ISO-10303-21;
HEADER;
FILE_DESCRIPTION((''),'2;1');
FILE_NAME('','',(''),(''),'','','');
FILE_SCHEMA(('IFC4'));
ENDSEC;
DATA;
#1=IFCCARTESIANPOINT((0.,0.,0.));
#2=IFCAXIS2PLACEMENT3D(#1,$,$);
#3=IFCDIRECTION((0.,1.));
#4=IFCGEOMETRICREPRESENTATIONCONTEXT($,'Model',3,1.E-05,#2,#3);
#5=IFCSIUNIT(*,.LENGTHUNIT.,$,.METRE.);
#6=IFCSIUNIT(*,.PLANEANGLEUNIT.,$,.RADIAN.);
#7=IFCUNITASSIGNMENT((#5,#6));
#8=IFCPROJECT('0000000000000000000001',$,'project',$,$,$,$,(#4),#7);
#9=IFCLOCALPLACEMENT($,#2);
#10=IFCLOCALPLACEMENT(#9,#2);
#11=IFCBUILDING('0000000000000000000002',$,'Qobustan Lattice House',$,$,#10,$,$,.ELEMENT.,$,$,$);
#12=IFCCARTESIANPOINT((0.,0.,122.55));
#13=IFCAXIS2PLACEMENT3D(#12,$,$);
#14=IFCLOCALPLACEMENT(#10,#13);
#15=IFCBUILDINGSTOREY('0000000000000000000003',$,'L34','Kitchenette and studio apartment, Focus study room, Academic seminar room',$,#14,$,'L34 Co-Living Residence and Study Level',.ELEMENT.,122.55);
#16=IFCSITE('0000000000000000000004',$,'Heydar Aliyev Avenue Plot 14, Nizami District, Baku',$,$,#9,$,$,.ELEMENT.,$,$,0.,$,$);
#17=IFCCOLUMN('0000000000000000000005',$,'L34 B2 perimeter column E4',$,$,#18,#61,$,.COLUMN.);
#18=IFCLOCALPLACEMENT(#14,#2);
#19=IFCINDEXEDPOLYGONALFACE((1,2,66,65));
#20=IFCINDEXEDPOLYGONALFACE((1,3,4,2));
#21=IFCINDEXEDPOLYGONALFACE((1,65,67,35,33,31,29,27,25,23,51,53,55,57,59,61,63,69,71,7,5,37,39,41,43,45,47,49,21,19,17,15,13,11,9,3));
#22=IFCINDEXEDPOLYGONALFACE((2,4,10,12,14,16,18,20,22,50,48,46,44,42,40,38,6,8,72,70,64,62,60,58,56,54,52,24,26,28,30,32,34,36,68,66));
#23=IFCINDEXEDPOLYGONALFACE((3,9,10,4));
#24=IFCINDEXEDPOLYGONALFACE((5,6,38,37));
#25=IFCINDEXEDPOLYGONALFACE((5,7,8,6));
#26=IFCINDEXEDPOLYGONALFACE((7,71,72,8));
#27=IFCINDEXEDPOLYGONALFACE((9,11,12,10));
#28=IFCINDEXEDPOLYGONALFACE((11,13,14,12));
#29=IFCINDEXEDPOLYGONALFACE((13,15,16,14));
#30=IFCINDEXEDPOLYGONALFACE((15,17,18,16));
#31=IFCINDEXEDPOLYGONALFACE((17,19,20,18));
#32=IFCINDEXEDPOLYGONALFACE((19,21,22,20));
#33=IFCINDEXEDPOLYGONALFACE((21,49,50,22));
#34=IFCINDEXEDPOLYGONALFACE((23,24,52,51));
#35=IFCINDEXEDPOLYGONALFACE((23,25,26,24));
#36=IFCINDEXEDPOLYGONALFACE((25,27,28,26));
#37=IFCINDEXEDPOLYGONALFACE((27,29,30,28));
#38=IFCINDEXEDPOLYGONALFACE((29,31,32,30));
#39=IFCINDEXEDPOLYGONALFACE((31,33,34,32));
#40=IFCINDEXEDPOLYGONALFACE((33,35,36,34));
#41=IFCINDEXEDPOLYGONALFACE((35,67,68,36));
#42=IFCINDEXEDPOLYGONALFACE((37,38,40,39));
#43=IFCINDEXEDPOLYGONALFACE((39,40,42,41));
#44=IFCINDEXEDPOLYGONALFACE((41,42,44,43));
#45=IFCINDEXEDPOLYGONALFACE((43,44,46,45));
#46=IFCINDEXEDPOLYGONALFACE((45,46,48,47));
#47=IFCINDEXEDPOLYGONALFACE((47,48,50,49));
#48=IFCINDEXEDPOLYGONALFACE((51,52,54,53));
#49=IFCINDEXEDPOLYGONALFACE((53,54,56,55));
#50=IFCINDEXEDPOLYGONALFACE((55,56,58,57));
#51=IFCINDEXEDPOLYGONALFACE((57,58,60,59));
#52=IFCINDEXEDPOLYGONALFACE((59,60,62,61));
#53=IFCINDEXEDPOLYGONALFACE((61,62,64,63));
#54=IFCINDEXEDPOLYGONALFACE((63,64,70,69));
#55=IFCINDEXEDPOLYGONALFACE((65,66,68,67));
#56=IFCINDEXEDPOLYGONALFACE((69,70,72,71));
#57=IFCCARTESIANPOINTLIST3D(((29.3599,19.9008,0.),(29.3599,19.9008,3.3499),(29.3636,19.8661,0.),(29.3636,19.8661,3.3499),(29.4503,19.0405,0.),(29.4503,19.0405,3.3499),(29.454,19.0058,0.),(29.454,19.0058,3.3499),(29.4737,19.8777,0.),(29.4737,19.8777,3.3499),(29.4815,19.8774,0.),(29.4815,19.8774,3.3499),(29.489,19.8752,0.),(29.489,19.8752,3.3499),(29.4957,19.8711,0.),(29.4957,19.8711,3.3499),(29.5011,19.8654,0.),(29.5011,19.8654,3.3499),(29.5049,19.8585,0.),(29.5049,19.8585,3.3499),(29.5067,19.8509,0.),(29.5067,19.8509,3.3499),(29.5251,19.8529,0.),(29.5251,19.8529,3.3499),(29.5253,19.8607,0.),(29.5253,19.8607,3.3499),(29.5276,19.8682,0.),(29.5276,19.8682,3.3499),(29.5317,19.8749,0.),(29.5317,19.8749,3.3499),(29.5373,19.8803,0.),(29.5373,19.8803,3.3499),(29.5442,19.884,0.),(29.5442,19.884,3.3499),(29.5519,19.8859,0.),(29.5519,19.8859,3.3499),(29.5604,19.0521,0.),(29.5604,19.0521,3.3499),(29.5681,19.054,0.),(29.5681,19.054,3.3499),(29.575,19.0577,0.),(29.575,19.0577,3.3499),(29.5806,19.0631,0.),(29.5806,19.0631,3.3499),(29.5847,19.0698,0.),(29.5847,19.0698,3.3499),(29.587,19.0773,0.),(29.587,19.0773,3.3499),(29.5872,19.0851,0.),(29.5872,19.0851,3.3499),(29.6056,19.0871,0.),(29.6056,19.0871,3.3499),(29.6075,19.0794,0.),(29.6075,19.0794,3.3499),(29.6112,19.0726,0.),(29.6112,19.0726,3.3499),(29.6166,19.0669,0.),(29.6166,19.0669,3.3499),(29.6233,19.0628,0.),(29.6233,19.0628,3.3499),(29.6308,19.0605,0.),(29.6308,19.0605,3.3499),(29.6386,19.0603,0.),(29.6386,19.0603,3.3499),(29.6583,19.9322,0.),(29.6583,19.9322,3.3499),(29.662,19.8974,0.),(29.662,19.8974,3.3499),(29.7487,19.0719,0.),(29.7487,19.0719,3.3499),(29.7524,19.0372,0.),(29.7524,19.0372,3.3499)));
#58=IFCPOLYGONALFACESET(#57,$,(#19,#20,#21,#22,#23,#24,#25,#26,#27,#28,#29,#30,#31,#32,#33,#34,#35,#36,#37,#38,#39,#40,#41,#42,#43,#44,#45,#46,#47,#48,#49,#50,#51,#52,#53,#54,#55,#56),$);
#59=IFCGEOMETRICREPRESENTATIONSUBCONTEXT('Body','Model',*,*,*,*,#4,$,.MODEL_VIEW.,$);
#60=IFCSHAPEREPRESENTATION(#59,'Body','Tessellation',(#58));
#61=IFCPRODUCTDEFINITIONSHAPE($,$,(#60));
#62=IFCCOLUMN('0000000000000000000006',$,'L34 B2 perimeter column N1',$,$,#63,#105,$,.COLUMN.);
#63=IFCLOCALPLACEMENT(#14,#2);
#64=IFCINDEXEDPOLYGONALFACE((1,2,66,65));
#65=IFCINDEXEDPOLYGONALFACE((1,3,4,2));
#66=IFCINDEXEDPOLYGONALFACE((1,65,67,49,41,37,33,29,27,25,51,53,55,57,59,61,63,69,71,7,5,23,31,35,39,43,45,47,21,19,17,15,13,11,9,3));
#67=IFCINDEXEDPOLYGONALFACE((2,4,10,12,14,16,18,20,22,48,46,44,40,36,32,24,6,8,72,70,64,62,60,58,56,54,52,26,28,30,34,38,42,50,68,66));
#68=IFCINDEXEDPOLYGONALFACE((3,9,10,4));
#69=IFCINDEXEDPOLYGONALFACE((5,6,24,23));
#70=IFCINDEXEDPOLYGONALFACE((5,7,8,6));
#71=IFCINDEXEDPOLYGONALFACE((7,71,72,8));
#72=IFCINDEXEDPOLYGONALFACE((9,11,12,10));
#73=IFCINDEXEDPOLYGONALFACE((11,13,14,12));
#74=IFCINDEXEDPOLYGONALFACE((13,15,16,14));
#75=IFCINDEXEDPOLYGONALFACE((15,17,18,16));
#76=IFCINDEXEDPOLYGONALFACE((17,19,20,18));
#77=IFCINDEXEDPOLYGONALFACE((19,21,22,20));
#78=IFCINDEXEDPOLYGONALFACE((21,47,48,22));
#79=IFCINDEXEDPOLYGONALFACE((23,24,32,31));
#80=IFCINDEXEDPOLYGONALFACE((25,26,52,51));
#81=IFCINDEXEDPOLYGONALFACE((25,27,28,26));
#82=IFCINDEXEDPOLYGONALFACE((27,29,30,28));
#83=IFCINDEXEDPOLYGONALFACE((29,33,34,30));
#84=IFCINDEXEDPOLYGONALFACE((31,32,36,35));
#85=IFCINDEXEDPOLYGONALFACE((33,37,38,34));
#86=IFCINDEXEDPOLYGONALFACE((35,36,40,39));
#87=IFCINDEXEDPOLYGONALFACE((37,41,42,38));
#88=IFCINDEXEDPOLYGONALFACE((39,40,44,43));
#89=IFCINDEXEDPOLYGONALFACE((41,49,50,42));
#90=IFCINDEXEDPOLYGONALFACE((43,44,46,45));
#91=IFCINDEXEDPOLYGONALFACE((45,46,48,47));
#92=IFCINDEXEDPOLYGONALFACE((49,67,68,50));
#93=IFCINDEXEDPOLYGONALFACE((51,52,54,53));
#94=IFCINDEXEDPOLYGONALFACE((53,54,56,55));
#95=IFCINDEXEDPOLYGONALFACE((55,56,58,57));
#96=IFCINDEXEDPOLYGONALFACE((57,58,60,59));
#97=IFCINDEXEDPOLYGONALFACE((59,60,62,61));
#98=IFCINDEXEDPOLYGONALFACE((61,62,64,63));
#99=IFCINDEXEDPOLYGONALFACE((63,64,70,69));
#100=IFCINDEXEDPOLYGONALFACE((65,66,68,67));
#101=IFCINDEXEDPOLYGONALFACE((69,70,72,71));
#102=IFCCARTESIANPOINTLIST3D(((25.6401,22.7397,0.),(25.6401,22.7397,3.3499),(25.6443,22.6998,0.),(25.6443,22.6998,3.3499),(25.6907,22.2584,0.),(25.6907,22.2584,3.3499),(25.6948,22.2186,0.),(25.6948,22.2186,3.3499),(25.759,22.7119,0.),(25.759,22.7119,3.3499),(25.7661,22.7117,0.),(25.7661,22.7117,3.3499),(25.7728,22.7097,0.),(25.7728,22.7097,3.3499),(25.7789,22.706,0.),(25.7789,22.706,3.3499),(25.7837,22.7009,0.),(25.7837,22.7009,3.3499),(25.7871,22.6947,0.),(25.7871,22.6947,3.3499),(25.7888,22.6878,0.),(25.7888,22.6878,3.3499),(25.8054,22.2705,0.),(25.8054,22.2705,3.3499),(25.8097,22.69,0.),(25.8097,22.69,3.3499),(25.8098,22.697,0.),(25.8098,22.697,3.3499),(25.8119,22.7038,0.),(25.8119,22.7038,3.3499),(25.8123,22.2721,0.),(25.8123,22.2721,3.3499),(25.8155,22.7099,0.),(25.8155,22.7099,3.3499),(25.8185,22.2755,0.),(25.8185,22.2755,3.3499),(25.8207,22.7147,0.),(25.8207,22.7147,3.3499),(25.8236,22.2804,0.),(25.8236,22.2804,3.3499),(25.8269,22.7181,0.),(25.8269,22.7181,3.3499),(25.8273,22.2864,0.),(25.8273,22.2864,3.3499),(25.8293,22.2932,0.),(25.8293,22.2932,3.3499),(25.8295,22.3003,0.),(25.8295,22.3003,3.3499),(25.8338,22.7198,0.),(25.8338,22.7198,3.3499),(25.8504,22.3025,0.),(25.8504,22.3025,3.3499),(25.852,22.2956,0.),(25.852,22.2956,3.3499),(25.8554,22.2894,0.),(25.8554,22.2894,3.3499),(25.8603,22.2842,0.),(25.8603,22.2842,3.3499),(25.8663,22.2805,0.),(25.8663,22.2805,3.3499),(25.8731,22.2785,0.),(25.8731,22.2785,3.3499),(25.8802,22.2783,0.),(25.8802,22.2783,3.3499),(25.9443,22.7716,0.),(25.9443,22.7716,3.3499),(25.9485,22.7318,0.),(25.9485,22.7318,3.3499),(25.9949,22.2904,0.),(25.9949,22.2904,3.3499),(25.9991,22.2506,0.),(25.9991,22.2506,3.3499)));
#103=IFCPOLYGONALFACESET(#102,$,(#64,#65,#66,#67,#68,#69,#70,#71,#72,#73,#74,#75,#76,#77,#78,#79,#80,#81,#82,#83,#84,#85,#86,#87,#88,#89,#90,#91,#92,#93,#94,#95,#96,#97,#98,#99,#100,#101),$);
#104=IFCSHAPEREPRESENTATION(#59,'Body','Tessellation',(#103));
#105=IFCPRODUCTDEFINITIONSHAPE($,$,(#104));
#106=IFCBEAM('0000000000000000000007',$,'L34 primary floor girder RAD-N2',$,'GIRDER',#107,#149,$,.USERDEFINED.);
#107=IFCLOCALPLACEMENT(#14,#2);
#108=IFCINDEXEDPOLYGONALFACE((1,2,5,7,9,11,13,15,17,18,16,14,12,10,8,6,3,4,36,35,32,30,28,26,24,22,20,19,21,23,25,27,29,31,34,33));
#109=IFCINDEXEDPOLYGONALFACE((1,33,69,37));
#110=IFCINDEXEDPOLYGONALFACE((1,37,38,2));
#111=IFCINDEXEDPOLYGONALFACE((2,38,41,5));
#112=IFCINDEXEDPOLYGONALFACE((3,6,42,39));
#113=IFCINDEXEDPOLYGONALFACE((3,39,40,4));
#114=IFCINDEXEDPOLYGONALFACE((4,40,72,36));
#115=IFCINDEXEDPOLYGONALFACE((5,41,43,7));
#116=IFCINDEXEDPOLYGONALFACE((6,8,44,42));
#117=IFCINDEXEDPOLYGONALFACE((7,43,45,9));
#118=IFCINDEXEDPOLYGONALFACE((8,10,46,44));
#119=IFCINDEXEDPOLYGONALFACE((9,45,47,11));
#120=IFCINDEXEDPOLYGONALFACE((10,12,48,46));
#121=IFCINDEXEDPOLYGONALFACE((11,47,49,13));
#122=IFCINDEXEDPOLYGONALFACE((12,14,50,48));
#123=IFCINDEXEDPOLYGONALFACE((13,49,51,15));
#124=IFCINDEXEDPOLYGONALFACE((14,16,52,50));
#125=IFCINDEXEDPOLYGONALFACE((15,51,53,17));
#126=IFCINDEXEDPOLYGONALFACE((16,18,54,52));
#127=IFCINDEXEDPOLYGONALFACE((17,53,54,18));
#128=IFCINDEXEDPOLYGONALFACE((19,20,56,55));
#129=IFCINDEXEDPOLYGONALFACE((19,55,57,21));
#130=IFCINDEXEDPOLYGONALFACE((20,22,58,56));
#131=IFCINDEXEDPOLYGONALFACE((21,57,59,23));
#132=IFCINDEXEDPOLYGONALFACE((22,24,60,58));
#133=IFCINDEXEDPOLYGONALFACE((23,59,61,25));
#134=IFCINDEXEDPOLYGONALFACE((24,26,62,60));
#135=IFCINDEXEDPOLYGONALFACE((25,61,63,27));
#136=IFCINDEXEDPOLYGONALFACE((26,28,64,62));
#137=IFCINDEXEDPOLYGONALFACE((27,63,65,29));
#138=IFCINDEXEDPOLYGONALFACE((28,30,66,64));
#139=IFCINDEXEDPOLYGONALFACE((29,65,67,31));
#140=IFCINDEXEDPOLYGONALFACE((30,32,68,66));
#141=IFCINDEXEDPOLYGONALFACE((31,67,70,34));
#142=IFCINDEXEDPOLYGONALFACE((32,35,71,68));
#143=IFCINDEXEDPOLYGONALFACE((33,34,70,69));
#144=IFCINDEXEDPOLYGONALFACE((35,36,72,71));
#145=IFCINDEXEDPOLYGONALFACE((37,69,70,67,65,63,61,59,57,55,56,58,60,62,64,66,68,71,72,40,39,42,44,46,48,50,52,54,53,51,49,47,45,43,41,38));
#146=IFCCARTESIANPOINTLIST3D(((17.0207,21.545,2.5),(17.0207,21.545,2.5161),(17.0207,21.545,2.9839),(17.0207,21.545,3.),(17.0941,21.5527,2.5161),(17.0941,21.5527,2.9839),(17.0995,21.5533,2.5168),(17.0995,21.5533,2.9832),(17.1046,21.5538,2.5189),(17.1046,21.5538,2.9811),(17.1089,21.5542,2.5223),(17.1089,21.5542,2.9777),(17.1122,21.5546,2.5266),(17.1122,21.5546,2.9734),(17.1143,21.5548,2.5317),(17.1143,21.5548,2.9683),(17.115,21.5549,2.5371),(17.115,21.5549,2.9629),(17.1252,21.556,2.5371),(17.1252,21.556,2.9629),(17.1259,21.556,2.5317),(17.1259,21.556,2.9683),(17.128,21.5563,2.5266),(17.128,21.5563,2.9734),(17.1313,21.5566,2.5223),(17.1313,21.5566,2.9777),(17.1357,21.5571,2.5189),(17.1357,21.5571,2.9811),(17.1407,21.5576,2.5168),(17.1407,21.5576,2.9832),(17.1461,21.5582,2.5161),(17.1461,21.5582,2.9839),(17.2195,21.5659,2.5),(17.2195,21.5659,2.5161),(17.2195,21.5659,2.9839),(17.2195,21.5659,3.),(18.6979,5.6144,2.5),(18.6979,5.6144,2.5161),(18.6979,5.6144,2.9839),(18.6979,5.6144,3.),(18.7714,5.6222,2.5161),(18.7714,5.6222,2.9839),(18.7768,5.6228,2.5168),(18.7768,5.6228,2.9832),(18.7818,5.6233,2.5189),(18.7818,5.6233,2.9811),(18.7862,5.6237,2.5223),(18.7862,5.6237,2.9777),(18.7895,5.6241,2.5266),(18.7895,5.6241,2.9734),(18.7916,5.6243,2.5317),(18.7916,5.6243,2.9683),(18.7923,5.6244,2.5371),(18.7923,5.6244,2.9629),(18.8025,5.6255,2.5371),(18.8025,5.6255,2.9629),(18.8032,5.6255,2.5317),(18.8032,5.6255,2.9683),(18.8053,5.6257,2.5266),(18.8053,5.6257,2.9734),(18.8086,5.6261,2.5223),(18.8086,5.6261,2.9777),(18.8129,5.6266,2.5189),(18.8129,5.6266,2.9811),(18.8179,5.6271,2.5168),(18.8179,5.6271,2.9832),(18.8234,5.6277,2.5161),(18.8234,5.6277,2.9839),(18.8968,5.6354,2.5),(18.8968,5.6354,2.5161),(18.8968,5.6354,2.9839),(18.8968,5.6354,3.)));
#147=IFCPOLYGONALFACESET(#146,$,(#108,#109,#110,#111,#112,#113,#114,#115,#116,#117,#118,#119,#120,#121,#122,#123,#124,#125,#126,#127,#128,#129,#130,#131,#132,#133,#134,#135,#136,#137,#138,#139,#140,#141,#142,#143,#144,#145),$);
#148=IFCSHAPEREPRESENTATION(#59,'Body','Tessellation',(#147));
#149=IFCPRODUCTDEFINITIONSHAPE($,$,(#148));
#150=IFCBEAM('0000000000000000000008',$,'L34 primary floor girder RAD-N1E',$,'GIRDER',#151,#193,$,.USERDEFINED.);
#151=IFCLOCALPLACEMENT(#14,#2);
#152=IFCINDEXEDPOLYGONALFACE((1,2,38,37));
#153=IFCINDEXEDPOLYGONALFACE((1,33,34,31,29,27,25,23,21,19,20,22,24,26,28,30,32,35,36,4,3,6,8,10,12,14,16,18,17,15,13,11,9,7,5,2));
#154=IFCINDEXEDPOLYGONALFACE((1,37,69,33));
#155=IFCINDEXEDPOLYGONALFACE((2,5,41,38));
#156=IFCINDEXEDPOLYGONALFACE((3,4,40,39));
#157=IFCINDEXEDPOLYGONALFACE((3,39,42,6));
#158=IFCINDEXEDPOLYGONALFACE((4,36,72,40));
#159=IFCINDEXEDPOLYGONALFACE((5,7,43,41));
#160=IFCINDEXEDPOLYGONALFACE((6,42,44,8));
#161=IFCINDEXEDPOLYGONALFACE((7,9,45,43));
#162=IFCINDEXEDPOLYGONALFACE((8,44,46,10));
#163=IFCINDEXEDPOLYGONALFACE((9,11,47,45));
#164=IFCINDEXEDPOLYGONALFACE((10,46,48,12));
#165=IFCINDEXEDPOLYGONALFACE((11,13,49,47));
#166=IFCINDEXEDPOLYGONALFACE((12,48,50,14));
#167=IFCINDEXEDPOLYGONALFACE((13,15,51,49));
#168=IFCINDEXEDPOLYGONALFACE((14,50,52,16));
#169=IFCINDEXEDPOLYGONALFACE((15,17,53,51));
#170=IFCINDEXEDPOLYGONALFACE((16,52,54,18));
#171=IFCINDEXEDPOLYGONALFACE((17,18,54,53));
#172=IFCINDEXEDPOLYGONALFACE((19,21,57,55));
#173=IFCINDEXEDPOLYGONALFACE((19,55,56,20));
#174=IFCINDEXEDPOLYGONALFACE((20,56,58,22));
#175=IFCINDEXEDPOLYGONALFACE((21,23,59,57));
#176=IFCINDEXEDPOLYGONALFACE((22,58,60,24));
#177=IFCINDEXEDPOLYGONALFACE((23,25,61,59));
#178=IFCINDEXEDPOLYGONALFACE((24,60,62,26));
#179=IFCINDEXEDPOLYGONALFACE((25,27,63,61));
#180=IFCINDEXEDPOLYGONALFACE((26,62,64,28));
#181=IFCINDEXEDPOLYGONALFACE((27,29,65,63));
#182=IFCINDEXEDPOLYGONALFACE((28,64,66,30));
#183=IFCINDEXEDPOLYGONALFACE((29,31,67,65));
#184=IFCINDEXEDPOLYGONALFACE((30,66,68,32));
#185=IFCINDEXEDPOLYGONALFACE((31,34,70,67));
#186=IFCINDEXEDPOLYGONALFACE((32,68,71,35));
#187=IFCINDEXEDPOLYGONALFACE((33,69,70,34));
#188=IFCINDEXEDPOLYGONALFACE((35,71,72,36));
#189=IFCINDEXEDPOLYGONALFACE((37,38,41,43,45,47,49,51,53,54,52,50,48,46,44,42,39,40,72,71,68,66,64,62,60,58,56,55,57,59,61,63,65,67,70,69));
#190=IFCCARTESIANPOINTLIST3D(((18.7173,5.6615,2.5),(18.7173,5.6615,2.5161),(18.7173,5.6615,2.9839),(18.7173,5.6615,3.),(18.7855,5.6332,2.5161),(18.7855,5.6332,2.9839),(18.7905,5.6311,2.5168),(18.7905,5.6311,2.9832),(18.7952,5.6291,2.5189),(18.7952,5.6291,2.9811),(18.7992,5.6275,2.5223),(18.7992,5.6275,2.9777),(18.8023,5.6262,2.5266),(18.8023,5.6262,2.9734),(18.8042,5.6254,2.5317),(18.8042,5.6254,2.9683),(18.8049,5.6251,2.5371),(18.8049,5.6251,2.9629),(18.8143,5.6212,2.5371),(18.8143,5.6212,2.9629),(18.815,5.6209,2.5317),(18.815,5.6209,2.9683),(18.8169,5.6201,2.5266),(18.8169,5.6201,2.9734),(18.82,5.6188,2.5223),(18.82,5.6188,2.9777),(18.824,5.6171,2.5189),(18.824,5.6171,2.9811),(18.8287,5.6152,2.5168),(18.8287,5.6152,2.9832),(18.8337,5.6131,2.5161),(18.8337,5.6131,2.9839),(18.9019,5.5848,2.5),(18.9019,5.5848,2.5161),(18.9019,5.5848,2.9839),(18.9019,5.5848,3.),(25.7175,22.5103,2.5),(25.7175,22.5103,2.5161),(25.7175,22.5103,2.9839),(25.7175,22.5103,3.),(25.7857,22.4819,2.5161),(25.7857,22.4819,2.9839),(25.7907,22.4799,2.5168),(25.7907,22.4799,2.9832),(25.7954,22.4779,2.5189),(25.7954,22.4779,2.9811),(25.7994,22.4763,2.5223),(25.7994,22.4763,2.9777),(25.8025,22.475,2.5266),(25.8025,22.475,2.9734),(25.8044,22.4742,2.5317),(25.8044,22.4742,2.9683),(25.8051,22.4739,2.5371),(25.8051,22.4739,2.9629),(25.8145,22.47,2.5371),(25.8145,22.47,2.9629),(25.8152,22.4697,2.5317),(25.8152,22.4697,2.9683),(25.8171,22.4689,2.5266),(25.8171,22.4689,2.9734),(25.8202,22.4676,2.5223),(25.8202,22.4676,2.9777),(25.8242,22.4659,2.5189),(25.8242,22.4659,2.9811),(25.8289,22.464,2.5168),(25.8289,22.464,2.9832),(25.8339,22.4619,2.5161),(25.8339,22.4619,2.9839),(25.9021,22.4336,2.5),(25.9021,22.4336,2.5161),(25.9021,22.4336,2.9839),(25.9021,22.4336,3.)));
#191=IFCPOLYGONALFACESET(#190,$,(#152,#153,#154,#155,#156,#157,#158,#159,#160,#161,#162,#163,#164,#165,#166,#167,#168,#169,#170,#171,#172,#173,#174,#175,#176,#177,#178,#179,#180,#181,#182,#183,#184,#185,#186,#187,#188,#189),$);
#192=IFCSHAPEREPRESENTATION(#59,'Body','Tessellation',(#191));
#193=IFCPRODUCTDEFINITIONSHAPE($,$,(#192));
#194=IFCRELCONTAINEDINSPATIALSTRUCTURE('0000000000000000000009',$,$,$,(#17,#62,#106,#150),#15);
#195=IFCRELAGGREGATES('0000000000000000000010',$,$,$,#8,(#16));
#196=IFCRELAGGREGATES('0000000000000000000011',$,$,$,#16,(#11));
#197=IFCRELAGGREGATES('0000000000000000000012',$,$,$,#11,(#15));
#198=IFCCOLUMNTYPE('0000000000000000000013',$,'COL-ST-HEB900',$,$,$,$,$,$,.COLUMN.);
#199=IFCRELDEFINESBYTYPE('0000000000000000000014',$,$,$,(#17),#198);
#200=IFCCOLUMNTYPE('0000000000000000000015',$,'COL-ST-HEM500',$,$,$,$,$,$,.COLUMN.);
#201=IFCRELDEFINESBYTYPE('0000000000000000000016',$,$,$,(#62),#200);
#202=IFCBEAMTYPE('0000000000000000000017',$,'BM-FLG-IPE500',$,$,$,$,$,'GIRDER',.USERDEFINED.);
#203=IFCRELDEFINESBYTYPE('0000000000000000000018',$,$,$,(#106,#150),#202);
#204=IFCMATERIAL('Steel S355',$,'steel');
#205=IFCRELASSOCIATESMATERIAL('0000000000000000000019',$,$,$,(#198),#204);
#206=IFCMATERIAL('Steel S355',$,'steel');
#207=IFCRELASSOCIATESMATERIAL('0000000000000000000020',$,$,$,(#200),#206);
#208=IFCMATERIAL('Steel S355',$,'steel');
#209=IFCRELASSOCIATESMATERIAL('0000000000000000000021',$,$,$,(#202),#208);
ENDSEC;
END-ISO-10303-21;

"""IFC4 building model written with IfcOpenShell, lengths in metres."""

from ifc_helpers import new_model, si_unit, direction, frame, origin, origin_2d, place, context, subcontext, project, spatial, i_section, extrude, material, material_profile, profile_set, type_object, element, save


model = new_model("IFC4")

# Units and contexts
model_context = context("Model", 3, precision=1e-05, world=origin(), true_north=direction((0.0, 1.0)))
body_context = subcontext(model_context, "Body", "Model", "MODEL_VIEW")
ifc_project = project(units=[si_unit("LENGTHUNIT", "METRE"), si_unit("PLANEANGLEUNIT", "RADIAN")], contexts=[model_context])

# Site, building, storey
site_placement = place(None, origin())
site = spatial("IfcSite", under=ifc_project, at=site_placement, Name="Heydar Aliyev Avenue Plot 14, Nizami District, Baku", CompositionType="ELEMENT", RefElevation=0.0)
building_placement = place(site_placement, origin())
building = spatial("IfcBuilding", under=site, at=building_placement, Name="Qobustan Lattice House", CompositionType="ELEMENT")
storey_placement = place(building_placement, frame((0.0, 0.0, 122.55)))
storey = spatial("IfcBuildingStorey", under=building, at=storey_placement, Name="L34", Description="Kitchenette and studio apartment, Focus study room, Academic seminar room", LongName="L34 Co-Living Residence and Study Level", CompositionType="ELEMENT", Elevation=122.55)

# Columns
ifc_material_1 = material(Name="Steel S355", Category="steel")
ifc_material_profile_1 = material_profile(ifc_material_1, i_section(OverallWidth=0.3, OverallDepth=0.8999, WebThickness=0.0186, FlangeThickness=0.0349, FilletRadius=0.03, at=origin_2d()), Name="HEB900")
ifc_profile_set_1 = profile_set([ifc_material_profile_1], Name="Steel S355")
column_type_1 = type_object("IfcColumnType", Name="COL-ST-HEB900", PredefinedType="COLUMN", material=ifc_profile_set_1)
column_1_placement = place(storey_placement, frame((29.5562, 19.469, 0.0), z_axis=(0.0, 0.0, 1.0), x_axis=(0.994522, 0.104528, 0.0)))
element("IfcColumn", 1, at=column_1_placement, inside=storey, type_object=column_type_1, Name="L34 B2 perimeter column E4", PredefinedType="COLUMN", context=body_context, shape_type="SweptSolid", body=[
    extrude(i_section(OverallWidth=0.3, OverallDepth=0.8999, WebThickness=0.0186, FlangeThickness=0.0349, FilletRadius=0.03, at=origin_2d()), origin(), (0.0, 0.0, 1.0), 3.3499),
])
ifc_material_2 = material(Name="Steel S355", Category="steel")
ifc_material_profile_2 = material_profile(ifc_material_2, i_section(OverallWidth=0.3059, OverallDepth=0.5239, WebThickness=0.021, FlangeThickness=0.04, FilletRadius=0.0271, at=origin_2d()), Name="HEM500")
ifc_profile_set_2 = profile_set([ifc_material_profile_2], Name="Steel S355")
column_type_2 = type_object("IfcColumnType", Name="COL-ST-HEM500", PredefinedType="COLUMN", material=ifc_profile_set_2)
column_2_placement = place(storey_placement, frame((25.8196, 22.4951, 0.0), z_axis=(0.0, 0.0, 1.0), x_axis=(0.994522, 0.104528, 0.0)))
element("IfcColumn", 2, at=column_2_placement, inside=storey, type_object=column_type_2, Name="L34 B2 perimeter column N1", PredefinedType="COLUMN", context=body_context, shape_type="SweptSolid", body=[
    extrude(i_section(OverallWidth=0.3059, OverallDepth=0.5239, WebThickness=0.021, FlangeThickness=0.04, FilletRadius=0.0271, at=origin_2d()), origin(), (0.0, 0.0, 1.0), 3.3499),
])

# Beams
ifc_material_3 = material(Name="Steel S355", Category="steel")
ifc_material_profile_3 = material_profile(ifc_material_3, i_section(OverallWidth=0.2, OverallDepth=0.5, WebThickness=0.0103, FlangeThickness=0.0161, FilletRadius=0.021, at=origin_2d()), Name="IPE500")
ifc_profile_set_3 = profile_set([ifc_material_profile_3], Name="Steel S355")
beam_type_1 = type_object("IfcBeamType", Name="BM-FLG-IPE500", ElementType="GIRDER", PredefinedType="USERDEFINED", material=ifc_profile_set_3)
beam_1_placement = place(storey_placement, frame((17.1201, 21.5554, 2.75), z_axis=(0.104707, -0.994503, 0.0), x_axis=(0.994503, 0.104707, 0.0)))
element("IfcBeam", 3, at=beam_1_placement, inside=storey, type_object=beam_type_1, Name="L34 primary floor girder RAD-N2", ObjectType="GIRDER", PredefinedType="USERDEFINED", context=body_context, shape_type="SweptSolid", body=[
    extrude(i_section(OverallWidth=0.2, OverallDepth=0.5, WebThickness=0.0103, FlangeThickness=0.0161, FilletRadius=0.021, at=origin_2d()), origin(), (0.0, 0.0, 1.0), 16.0186),
])
beam_2_placement = place(storey_placement, frame((25.8098, 22.4719, 2.75), z_axis=(-0.383676, -0.923468, 0.0), x_axis=(0.923468, -0.383676, 0.0)))
element("IfcBeam", 4, at=beam_2_placement, inside=storey, type_object=beam_type_1, Name="L34 primary floor girder RAD-N1E", ObjectType="GIRDER", PredefinedType="USERDEFINED", context=body_context, shape_type="SweptSolid", body=[
    extrude(i_section(OverallWidth=0.2, OverallDepth=0.5, WebThickness=0.0103, FlangeThickness=0.0161, FilletRadius=0.021, at=origin_2d()), origin(), (0.0, 0.0, 1.0), 18.2451),
])

save(model, "model.ifc")
